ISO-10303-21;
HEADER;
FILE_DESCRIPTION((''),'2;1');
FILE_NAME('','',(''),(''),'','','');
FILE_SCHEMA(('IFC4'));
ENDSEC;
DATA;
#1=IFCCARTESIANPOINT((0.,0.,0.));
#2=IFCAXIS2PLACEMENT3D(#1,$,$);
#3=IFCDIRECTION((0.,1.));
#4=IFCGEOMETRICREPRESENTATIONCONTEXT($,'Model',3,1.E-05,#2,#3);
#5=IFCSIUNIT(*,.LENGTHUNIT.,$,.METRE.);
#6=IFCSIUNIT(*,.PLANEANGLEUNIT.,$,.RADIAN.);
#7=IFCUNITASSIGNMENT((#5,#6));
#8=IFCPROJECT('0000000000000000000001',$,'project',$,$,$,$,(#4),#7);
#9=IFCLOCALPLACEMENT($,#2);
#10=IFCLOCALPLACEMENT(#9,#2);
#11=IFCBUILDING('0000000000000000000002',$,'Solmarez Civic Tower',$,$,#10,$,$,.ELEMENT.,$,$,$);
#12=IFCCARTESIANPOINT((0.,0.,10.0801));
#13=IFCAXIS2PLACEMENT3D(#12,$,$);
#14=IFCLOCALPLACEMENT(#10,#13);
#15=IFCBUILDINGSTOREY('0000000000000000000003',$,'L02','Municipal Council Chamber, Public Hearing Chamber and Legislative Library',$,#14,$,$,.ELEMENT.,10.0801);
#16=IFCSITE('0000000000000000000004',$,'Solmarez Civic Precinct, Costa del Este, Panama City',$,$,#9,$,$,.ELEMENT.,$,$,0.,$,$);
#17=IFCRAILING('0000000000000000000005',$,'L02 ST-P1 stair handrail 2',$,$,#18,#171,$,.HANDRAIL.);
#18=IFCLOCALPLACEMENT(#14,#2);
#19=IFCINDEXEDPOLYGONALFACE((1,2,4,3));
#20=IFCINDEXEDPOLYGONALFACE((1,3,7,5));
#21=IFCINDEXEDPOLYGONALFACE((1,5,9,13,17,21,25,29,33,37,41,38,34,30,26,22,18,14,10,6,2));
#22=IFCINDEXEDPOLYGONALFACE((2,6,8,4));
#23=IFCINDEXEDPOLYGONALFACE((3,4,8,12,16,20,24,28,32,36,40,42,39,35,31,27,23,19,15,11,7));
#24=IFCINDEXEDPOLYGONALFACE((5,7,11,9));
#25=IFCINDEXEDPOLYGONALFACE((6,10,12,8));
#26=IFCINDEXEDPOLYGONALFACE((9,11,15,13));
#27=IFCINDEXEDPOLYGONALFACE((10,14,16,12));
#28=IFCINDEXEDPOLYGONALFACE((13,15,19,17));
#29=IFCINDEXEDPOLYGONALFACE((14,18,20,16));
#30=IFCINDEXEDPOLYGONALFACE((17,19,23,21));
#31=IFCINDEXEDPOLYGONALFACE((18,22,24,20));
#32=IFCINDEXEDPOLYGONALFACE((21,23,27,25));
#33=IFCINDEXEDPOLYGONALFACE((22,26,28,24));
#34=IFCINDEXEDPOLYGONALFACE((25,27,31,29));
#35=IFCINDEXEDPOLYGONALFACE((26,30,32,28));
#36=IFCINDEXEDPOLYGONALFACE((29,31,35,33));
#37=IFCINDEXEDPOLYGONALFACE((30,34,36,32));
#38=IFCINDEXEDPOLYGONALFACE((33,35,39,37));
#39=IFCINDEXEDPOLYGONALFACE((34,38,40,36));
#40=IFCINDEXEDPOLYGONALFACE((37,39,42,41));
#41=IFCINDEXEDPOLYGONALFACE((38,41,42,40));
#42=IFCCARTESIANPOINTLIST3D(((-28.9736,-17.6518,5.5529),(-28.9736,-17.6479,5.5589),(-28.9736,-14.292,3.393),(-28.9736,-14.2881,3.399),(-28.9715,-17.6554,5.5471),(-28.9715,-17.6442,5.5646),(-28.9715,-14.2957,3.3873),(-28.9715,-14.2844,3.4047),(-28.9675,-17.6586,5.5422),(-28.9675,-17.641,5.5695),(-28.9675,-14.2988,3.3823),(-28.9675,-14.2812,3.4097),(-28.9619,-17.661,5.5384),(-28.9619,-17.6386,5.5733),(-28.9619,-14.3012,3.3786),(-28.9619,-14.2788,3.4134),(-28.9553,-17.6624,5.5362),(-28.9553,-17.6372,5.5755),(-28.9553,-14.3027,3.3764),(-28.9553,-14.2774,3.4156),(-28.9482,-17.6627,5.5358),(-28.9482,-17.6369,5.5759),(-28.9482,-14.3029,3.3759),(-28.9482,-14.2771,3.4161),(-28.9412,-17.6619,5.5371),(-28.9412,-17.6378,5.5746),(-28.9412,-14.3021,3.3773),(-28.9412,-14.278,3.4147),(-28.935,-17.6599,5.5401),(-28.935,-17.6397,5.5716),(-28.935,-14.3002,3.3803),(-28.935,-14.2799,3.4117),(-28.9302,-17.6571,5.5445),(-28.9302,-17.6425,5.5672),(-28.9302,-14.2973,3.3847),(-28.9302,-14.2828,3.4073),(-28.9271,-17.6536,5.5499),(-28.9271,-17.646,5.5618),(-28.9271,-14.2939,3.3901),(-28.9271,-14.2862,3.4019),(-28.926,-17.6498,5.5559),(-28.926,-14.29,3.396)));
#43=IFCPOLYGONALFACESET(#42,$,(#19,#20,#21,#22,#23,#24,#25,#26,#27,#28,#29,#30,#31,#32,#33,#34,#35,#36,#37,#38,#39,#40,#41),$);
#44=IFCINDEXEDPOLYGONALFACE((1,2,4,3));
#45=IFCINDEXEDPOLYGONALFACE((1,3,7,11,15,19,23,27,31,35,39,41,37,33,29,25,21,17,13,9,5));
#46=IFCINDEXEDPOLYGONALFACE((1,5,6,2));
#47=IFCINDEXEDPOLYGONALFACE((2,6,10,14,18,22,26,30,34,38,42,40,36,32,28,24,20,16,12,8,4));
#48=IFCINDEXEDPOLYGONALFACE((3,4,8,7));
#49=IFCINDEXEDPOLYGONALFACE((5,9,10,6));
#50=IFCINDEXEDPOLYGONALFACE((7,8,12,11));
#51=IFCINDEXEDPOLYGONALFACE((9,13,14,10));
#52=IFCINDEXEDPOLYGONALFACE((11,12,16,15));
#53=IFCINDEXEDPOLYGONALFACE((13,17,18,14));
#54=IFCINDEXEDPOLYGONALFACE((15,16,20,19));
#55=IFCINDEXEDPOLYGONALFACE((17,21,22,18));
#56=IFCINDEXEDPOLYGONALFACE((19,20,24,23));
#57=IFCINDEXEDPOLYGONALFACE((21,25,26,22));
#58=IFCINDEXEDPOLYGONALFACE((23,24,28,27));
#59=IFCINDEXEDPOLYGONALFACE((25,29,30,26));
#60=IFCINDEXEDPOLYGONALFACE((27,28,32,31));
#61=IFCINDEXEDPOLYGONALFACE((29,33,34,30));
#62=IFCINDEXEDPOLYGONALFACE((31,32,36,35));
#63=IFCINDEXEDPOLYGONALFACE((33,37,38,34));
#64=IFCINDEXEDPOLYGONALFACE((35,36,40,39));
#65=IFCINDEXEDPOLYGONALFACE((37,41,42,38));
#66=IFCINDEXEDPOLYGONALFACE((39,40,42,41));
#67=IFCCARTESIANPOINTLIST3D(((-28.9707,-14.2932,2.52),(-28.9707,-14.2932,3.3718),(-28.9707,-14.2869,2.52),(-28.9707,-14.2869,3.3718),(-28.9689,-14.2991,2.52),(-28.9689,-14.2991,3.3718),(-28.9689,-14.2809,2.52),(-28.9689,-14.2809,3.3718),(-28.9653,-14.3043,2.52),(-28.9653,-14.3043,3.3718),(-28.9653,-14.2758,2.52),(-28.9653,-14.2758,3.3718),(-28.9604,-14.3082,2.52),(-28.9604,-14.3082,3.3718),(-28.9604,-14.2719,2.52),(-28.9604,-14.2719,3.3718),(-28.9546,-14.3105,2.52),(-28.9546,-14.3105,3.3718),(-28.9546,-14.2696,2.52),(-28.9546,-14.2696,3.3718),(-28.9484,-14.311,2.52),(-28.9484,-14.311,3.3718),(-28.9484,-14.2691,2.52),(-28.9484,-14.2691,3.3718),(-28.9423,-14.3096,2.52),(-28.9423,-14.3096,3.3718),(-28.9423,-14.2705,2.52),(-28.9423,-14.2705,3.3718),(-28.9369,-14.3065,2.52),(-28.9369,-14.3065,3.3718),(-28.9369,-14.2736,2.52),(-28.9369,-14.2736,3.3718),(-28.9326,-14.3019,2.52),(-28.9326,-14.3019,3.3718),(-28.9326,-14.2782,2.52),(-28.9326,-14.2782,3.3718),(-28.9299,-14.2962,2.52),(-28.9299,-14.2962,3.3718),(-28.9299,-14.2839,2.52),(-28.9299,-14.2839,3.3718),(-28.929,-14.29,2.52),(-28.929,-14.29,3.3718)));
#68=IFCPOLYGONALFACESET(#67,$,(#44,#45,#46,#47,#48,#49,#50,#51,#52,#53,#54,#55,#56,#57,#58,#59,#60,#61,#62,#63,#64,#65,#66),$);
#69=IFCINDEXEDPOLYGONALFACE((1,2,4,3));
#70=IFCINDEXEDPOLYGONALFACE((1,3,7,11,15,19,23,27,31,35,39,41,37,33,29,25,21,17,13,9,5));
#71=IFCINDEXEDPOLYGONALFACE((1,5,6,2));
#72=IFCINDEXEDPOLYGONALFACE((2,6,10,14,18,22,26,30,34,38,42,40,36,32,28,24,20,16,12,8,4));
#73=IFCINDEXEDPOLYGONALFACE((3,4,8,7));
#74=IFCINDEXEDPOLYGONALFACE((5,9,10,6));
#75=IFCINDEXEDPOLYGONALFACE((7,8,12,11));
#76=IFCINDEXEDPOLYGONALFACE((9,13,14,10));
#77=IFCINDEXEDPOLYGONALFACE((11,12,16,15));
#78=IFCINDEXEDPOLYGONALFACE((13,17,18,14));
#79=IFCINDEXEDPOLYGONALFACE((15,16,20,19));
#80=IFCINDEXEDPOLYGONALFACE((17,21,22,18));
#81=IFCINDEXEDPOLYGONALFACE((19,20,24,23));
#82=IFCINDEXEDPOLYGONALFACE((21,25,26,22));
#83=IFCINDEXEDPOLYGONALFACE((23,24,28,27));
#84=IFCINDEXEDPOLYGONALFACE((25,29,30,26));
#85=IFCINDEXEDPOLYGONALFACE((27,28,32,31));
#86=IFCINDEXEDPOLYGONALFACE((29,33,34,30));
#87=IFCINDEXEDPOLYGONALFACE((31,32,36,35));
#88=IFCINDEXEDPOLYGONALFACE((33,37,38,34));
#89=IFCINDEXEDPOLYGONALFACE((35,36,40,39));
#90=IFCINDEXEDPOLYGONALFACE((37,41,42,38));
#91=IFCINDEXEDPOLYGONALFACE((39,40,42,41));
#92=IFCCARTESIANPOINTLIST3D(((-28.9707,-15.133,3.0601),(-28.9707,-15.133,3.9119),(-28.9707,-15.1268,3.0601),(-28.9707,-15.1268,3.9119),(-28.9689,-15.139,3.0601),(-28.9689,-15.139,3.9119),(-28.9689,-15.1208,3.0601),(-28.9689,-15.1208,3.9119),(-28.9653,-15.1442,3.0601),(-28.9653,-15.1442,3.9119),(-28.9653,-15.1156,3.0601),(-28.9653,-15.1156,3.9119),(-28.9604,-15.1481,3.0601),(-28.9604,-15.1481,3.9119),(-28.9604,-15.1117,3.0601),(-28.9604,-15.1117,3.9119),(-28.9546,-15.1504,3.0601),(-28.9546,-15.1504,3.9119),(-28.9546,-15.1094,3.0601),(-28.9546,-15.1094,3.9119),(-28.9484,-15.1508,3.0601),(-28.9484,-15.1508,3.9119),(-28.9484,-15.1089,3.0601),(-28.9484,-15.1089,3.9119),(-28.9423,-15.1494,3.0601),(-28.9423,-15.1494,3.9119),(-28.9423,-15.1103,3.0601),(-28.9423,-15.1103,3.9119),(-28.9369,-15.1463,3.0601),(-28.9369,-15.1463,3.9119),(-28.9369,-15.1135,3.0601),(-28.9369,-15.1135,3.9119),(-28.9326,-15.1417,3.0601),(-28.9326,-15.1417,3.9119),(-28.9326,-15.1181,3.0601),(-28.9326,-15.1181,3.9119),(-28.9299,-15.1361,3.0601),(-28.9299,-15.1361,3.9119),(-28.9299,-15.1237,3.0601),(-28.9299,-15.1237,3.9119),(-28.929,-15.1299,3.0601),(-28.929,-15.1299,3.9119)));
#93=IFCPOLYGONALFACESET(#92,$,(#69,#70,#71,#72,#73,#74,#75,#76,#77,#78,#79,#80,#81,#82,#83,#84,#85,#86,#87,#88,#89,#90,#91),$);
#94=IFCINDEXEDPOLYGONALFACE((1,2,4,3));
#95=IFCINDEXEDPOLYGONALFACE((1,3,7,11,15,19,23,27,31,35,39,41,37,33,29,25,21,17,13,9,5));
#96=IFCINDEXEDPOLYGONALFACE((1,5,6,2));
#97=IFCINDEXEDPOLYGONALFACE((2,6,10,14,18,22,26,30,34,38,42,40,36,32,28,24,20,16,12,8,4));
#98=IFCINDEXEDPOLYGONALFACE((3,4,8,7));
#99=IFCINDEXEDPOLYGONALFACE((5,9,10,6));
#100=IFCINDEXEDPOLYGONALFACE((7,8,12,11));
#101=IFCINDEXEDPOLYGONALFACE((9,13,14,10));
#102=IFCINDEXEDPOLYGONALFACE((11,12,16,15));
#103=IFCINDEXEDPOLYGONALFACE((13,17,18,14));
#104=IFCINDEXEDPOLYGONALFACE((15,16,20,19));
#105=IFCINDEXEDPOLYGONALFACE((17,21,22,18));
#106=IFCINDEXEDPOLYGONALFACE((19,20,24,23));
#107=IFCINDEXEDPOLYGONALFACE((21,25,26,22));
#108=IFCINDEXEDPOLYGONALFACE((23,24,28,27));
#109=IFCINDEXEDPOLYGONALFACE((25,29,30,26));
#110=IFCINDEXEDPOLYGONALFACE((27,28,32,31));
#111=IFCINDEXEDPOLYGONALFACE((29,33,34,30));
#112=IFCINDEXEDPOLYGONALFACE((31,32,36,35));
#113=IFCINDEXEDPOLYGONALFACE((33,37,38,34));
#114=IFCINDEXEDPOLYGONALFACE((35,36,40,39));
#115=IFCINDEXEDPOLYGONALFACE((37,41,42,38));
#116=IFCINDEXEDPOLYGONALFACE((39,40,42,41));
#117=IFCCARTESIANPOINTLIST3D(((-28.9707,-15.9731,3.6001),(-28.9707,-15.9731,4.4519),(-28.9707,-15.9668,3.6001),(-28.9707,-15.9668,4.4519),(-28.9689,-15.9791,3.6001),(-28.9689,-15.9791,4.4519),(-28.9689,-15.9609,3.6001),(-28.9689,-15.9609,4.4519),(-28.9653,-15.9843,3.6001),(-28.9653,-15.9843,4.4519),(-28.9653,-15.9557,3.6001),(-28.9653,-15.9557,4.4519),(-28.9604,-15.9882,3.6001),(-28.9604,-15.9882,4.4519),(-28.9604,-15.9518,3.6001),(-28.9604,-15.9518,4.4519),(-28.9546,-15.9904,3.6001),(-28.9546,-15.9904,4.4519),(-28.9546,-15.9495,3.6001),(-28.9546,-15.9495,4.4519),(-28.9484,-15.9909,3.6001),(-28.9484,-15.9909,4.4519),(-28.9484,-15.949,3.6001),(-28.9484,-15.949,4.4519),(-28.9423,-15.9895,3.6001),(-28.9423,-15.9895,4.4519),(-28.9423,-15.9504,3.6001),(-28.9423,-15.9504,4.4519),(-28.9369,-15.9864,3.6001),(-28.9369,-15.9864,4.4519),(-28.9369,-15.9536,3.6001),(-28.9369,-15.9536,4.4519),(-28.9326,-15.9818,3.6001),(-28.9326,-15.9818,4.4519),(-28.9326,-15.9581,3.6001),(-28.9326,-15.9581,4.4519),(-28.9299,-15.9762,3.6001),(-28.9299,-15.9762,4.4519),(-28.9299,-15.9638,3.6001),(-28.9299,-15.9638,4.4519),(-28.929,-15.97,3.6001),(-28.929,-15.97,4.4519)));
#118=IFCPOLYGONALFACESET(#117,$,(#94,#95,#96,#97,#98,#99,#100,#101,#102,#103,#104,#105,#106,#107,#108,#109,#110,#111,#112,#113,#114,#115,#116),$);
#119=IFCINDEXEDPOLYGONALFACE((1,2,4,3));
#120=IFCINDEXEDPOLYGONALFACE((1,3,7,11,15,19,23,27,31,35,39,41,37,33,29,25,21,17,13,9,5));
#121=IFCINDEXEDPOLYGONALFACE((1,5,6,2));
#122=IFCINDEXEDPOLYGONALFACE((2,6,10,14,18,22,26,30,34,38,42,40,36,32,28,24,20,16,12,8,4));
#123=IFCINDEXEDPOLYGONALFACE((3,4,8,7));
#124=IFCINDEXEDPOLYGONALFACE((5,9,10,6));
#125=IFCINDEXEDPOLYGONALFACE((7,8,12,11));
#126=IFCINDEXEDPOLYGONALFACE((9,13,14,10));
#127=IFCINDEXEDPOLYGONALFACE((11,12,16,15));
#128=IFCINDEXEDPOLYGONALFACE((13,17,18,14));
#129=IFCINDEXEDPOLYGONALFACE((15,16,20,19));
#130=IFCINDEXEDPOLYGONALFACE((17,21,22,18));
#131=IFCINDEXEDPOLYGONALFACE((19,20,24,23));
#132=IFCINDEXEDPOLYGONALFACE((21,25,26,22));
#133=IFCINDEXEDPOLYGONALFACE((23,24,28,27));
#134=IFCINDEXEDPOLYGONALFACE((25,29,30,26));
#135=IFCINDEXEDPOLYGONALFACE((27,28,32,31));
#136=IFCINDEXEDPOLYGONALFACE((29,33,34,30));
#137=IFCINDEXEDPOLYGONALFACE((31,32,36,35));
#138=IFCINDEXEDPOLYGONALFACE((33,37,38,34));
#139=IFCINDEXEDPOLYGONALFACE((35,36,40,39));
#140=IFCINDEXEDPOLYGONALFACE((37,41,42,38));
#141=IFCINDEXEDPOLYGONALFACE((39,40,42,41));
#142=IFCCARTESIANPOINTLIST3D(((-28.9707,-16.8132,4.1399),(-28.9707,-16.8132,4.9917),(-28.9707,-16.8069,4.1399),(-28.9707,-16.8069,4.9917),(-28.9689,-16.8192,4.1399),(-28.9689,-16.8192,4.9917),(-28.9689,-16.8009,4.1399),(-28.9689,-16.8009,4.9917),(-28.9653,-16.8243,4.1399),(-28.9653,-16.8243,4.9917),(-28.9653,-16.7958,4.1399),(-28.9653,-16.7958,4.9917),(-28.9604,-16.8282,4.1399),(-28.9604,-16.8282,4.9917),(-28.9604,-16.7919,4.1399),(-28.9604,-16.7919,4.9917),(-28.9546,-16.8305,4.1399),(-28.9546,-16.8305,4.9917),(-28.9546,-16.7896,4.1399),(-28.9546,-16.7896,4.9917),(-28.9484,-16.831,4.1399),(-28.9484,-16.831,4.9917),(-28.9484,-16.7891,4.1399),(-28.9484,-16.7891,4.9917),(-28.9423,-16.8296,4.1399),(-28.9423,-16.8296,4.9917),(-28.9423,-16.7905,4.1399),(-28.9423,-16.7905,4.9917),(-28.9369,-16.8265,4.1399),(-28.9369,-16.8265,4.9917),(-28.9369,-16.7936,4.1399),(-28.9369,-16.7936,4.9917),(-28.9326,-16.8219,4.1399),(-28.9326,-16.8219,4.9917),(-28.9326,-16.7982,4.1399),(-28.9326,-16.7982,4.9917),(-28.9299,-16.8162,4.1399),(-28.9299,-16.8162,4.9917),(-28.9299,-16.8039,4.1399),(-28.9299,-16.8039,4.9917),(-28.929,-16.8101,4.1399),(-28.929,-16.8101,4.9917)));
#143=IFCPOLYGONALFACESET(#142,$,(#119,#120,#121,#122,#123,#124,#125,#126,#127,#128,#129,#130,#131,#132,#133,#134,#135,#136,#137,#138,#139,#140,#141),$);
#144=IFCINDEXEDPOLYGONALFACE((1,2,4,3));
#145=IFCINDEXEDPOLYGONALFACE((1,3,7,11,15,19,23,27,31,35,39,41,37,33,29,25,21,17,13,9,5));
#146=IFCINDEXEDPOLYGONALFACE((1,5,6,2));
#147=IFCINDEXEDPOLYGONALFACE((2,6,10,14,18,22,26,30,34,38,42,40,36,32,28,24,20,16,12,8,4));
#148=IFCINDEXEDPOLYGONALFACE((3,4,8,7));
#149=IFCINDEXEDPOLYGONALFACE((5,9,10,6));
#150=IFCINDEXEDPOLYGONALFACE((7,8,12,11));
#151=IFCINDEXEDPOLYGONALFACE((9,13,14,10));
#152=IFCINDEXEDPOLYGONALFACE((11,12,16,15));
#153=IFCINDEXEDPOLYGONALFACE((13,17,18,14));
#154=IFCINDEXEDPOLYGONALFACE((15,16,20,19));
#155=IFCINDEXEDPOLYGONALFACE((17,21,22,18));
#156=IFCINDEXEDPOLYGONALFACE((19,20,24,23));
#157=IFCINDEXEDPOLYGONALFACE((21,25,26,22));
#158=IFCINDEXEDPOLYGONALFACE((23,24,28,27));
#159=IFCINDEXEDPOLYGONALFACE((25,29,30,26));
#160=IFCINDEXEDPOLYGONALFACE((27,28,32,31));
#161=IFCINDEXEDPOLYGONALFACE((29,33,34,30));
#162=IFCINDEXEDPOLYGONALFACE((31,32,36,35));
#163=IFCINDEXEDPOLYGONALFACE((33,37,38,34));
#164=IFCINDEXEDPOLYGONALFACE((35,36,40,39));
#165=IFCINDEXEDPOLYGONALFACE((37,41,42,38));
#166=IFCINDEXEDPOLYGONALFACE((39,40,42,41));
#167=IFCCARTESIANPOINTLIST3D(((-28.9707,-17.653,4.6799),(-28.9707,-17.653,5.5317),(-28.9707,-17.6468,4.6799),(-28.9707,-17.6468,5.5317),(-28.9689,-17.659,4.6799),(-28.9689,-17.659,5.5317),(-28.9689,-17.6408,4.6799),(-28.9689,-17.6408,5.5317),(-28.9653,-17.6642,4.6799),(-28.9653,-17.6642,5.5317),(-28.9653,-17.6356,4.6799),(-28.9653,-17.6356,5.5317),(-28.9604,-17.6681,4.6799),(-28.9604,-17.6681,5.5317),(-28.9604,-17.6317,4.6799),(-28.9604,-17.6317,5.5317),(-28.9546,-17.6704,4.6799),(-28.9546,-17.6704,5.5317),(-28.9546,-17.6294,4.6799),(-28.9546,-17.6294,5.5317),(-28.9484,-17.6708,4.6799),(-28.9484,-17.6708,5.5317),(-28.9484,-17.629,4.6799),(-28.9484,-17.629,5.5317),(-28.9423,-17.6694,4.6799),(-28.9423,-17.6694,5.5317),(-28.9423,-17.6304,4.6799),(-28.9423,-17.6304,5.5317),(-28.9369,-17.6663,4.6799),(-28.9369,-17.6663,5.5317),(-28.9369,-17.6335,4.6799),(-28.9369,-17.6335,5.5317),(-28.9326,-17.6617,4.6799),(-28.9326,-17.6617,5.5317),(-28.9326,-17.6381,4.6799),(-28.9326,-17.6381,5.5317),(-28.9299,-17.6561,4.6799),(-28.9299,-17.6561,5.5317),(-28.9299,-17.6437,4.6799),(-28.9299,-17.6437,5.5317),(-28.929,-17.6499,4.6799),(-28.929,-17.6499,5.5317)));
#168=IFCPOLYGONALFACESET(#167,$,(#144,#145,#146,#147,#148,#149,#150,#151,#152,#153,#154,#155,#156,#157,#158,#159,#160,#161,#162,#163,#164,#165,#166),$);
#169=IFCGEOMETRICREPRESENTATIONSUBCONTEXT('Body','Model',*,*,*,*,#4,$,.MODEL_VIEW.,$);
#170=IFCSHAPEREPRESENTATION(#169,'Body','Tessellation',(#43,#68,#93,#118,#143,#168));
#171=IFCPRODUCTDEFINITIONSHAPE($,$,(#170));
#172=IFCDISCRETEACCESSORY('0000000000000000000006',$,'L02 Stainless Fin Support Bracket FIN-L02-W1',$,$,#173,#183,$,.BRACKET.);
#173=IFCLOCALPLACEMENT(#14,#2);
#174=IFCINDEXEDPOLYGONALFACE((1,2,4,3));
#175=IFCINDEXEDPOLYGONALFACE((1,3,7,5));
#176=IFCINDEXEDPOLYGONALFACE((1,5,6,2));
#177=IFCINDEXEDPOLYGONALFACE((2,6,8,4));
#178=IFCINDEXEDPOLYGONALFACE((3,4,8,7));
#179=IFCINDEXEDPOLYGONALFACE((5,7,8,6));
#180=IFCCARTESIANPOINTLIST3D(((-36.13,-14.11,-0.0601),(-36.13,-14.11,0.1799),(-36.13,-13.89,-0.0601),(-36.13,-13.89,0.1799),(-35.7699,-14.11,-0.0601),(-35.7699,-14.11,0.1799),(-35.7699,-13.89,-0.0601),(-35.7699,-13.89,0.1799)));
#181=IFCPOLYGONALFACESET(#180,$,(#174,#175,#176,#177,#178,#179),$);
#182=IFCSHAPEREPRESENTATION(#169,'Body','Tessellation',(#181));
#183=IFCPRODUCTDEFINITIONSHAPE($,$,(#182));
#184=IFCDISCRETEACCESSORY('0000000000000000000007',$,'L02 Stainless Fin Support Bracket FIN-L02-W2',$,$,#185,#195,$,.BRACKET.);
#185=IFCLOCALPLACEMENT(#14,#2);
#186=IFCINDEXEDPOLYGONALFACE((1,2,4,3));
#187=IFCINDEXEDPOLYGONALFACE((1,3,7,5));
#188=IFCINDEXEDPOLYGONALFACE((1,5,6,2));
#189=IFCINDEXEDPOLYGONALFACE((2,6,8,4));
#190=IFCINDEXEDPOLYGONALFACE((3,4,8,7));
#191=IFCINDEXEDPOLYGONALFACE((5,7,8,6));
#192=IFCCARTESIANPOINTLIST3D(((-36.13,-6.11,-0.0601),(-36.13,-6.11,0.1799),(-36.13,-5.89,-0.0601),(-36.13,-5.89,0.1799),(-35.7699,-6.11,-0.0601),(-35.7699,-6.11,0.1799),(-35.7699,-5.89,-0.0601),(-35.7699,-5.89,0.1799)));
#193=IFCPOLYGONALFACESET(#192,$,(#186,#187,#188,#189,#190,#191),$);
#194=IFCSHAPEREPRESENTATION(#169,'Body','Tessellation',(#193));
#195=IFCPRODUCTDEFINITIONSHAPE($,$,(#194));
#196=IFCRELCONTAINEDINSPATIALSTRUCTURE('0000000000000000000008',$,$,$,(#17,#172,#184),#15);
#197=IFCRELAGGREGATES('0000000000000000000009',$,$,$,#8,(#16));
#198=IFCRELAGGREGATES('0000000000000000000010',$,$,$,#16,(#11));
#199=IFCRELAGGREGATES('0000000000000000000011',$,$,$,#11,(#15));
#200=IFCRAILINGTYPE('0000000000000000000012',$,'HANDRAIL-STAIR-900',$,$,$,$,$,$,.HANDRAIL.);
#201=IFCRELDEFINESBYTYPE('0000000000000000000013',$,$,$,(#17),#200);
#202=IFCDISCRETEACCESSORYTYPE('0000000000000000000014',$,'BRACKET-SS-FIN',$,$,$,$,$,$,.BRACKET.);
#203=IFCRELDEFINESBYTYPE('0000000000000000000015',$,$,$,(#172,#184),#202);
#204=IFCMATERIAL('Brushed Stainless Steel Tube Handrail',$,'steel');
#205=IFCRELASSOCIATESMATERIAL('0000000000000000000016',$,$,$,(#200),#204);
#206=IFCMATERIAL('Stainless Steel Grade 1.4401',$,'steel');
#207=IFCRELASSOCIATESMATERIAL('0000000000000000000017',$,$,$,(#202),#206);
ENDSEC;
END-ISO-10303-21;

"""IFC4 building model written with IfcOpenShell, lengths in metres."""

from ifc_helpers import new_model, si_unit, direction, frame, origin, origin_2d, place, context, subcontext, project, spatial, rectangle, circle, extrude, material, type_object, element, save


model = new_model("IFC4")

# Units and contexts
model_context = context("Model", 3, precision=1e-05, world=origin(), true_north=direction((0.0, 1.0)))
body_context = subcontext(model_context, "Body", "Model", "MODEL_VIEW")
ifc_project = project(units=[si_unit("LENGTHUNIT", "METRE"), si_unit("PLANEANGLEUNIT", "RADIAN")], contexts=[model_context])

# Site, building, storey
site_placement = place(None, origin())
site = spatial("IfcSite", under=ifc_project, at=site_placement, Name="Solmarez Civic Precinct, Costa del Este, Panama City", CompositionType="ELEMENT", RefElevation=0.0)
building_placement = place(site_placement, origin())
building = spatial("IfcBuilding", under=site, at=building_placement, Name="Solmarez Civic Tower", CompositionType="ELEMENT")
storey_placement = place(building_placement, frame((0.0, 0.0, 10.0801)))
storey = spatial("IfcBuildingStorey", under=building, at=storey_placement, Name="L02", Description="Municipal Council Chamber, Public Hearing Chamber and Legislative Library", CompositionType="ELEMENT", Elevation=10.0801)

# Railing
ifc_material_1 = material(Name="Brushed Stainless Steel Tube Handrail", Category="steel")
railing_type = type_object("IfcRailingType", Name="HANDRAIL-STAIR-900", PredefinedType="HANDRAIL", material=ifc_material_1)
railing_placement = place(storey_placement, frame((-28.95, -14.29, 2.52)))
element("IfcRailing", 1, at=railing_placement, inside=storey, type_object=railing_type, Name="L02 ST-P1 stair handrail 2", PredefinedType="HANDRAIL", context=body_context, shape_type="SweptSolid", body=[
    extrude(circle(Radius=0.0239, at=origin_2d()), frame((0.0, 0.0, 0.876), z_axis=(0.0, -0.841178, 0.540758), x_axis=(1.0, 0.0, 0.0)), (0.0, 0.0, 1.0), 3.9941),
    extrude(circle(Radius=0.021, at=origin_2d()), origin(), (0.0, 0.0, 1.0), 0.8518),
    extrude(circle(Radius=0.021, at=origin_2d()), frame((0.0, -0.8398, 0.54)), (0.0, 0.0, 1.0), 0.8518),
    extrude(circle(Radius=0.021, at=origin_2d()), frame((0.0, -1.6799, 1.0801)), (0.0, 0.0, 1.0), 0.8518),
    extrude(circle(Radius=0.021, at=origin_2d()), frame((0.0, -2.52, 1.6199)), (0.0, 0.0, 1.0), 0.8518),
    extrude(circle(Radius=0.021, at=origin_2d()), frame((0.0, -3.3599, 2.1599)), (0.0, 0.0, 1.0), 0.8518),
])

# Discrete accessories
ifc_material_2 = material(Name="Stainless Steel Grade 1.4401", Category="steel")
discrete_accessory_type = type_object("IfcDiscreteAccessoryType", Name="BRACKET-SS-FIN", PredefinedType="BRACKET", material=ifc_material_2)
for number, where, z_axis, x_axis, name in (
    (2, (-35.95, -14.0, -0.0601), (0.0, 0.0, 1.0), (-1.0, 0.0, 0.0), "L02 Stainless Fin Support Bracket FIN-L02-W1"),
    (3, (-35.95, -6.0, -0.0601), (0.0, 0.0, 1.0), (-1.0, 0.0, 0.0), "L02 Stainless Fin Support Bracket FIN-L02-W2"),
):
    element("IfcDiscreteAccessory", number, at=place(storey_placement, frame(where, z_axis=z_axis, x_axis=x_axis)), inside=storey, type_object=discrete_accessory_type, Name=name, PredefinedType="BRACKET", context=body_context, shape_type="SweptSolid", body=[
        extrude(rectangle(XDim=0.3601, YDim=0.22, at=origin_2d()), origin(), (0.0, 0.0, 1.0), 0.24),
    ])

save(model, "model.ifc")
